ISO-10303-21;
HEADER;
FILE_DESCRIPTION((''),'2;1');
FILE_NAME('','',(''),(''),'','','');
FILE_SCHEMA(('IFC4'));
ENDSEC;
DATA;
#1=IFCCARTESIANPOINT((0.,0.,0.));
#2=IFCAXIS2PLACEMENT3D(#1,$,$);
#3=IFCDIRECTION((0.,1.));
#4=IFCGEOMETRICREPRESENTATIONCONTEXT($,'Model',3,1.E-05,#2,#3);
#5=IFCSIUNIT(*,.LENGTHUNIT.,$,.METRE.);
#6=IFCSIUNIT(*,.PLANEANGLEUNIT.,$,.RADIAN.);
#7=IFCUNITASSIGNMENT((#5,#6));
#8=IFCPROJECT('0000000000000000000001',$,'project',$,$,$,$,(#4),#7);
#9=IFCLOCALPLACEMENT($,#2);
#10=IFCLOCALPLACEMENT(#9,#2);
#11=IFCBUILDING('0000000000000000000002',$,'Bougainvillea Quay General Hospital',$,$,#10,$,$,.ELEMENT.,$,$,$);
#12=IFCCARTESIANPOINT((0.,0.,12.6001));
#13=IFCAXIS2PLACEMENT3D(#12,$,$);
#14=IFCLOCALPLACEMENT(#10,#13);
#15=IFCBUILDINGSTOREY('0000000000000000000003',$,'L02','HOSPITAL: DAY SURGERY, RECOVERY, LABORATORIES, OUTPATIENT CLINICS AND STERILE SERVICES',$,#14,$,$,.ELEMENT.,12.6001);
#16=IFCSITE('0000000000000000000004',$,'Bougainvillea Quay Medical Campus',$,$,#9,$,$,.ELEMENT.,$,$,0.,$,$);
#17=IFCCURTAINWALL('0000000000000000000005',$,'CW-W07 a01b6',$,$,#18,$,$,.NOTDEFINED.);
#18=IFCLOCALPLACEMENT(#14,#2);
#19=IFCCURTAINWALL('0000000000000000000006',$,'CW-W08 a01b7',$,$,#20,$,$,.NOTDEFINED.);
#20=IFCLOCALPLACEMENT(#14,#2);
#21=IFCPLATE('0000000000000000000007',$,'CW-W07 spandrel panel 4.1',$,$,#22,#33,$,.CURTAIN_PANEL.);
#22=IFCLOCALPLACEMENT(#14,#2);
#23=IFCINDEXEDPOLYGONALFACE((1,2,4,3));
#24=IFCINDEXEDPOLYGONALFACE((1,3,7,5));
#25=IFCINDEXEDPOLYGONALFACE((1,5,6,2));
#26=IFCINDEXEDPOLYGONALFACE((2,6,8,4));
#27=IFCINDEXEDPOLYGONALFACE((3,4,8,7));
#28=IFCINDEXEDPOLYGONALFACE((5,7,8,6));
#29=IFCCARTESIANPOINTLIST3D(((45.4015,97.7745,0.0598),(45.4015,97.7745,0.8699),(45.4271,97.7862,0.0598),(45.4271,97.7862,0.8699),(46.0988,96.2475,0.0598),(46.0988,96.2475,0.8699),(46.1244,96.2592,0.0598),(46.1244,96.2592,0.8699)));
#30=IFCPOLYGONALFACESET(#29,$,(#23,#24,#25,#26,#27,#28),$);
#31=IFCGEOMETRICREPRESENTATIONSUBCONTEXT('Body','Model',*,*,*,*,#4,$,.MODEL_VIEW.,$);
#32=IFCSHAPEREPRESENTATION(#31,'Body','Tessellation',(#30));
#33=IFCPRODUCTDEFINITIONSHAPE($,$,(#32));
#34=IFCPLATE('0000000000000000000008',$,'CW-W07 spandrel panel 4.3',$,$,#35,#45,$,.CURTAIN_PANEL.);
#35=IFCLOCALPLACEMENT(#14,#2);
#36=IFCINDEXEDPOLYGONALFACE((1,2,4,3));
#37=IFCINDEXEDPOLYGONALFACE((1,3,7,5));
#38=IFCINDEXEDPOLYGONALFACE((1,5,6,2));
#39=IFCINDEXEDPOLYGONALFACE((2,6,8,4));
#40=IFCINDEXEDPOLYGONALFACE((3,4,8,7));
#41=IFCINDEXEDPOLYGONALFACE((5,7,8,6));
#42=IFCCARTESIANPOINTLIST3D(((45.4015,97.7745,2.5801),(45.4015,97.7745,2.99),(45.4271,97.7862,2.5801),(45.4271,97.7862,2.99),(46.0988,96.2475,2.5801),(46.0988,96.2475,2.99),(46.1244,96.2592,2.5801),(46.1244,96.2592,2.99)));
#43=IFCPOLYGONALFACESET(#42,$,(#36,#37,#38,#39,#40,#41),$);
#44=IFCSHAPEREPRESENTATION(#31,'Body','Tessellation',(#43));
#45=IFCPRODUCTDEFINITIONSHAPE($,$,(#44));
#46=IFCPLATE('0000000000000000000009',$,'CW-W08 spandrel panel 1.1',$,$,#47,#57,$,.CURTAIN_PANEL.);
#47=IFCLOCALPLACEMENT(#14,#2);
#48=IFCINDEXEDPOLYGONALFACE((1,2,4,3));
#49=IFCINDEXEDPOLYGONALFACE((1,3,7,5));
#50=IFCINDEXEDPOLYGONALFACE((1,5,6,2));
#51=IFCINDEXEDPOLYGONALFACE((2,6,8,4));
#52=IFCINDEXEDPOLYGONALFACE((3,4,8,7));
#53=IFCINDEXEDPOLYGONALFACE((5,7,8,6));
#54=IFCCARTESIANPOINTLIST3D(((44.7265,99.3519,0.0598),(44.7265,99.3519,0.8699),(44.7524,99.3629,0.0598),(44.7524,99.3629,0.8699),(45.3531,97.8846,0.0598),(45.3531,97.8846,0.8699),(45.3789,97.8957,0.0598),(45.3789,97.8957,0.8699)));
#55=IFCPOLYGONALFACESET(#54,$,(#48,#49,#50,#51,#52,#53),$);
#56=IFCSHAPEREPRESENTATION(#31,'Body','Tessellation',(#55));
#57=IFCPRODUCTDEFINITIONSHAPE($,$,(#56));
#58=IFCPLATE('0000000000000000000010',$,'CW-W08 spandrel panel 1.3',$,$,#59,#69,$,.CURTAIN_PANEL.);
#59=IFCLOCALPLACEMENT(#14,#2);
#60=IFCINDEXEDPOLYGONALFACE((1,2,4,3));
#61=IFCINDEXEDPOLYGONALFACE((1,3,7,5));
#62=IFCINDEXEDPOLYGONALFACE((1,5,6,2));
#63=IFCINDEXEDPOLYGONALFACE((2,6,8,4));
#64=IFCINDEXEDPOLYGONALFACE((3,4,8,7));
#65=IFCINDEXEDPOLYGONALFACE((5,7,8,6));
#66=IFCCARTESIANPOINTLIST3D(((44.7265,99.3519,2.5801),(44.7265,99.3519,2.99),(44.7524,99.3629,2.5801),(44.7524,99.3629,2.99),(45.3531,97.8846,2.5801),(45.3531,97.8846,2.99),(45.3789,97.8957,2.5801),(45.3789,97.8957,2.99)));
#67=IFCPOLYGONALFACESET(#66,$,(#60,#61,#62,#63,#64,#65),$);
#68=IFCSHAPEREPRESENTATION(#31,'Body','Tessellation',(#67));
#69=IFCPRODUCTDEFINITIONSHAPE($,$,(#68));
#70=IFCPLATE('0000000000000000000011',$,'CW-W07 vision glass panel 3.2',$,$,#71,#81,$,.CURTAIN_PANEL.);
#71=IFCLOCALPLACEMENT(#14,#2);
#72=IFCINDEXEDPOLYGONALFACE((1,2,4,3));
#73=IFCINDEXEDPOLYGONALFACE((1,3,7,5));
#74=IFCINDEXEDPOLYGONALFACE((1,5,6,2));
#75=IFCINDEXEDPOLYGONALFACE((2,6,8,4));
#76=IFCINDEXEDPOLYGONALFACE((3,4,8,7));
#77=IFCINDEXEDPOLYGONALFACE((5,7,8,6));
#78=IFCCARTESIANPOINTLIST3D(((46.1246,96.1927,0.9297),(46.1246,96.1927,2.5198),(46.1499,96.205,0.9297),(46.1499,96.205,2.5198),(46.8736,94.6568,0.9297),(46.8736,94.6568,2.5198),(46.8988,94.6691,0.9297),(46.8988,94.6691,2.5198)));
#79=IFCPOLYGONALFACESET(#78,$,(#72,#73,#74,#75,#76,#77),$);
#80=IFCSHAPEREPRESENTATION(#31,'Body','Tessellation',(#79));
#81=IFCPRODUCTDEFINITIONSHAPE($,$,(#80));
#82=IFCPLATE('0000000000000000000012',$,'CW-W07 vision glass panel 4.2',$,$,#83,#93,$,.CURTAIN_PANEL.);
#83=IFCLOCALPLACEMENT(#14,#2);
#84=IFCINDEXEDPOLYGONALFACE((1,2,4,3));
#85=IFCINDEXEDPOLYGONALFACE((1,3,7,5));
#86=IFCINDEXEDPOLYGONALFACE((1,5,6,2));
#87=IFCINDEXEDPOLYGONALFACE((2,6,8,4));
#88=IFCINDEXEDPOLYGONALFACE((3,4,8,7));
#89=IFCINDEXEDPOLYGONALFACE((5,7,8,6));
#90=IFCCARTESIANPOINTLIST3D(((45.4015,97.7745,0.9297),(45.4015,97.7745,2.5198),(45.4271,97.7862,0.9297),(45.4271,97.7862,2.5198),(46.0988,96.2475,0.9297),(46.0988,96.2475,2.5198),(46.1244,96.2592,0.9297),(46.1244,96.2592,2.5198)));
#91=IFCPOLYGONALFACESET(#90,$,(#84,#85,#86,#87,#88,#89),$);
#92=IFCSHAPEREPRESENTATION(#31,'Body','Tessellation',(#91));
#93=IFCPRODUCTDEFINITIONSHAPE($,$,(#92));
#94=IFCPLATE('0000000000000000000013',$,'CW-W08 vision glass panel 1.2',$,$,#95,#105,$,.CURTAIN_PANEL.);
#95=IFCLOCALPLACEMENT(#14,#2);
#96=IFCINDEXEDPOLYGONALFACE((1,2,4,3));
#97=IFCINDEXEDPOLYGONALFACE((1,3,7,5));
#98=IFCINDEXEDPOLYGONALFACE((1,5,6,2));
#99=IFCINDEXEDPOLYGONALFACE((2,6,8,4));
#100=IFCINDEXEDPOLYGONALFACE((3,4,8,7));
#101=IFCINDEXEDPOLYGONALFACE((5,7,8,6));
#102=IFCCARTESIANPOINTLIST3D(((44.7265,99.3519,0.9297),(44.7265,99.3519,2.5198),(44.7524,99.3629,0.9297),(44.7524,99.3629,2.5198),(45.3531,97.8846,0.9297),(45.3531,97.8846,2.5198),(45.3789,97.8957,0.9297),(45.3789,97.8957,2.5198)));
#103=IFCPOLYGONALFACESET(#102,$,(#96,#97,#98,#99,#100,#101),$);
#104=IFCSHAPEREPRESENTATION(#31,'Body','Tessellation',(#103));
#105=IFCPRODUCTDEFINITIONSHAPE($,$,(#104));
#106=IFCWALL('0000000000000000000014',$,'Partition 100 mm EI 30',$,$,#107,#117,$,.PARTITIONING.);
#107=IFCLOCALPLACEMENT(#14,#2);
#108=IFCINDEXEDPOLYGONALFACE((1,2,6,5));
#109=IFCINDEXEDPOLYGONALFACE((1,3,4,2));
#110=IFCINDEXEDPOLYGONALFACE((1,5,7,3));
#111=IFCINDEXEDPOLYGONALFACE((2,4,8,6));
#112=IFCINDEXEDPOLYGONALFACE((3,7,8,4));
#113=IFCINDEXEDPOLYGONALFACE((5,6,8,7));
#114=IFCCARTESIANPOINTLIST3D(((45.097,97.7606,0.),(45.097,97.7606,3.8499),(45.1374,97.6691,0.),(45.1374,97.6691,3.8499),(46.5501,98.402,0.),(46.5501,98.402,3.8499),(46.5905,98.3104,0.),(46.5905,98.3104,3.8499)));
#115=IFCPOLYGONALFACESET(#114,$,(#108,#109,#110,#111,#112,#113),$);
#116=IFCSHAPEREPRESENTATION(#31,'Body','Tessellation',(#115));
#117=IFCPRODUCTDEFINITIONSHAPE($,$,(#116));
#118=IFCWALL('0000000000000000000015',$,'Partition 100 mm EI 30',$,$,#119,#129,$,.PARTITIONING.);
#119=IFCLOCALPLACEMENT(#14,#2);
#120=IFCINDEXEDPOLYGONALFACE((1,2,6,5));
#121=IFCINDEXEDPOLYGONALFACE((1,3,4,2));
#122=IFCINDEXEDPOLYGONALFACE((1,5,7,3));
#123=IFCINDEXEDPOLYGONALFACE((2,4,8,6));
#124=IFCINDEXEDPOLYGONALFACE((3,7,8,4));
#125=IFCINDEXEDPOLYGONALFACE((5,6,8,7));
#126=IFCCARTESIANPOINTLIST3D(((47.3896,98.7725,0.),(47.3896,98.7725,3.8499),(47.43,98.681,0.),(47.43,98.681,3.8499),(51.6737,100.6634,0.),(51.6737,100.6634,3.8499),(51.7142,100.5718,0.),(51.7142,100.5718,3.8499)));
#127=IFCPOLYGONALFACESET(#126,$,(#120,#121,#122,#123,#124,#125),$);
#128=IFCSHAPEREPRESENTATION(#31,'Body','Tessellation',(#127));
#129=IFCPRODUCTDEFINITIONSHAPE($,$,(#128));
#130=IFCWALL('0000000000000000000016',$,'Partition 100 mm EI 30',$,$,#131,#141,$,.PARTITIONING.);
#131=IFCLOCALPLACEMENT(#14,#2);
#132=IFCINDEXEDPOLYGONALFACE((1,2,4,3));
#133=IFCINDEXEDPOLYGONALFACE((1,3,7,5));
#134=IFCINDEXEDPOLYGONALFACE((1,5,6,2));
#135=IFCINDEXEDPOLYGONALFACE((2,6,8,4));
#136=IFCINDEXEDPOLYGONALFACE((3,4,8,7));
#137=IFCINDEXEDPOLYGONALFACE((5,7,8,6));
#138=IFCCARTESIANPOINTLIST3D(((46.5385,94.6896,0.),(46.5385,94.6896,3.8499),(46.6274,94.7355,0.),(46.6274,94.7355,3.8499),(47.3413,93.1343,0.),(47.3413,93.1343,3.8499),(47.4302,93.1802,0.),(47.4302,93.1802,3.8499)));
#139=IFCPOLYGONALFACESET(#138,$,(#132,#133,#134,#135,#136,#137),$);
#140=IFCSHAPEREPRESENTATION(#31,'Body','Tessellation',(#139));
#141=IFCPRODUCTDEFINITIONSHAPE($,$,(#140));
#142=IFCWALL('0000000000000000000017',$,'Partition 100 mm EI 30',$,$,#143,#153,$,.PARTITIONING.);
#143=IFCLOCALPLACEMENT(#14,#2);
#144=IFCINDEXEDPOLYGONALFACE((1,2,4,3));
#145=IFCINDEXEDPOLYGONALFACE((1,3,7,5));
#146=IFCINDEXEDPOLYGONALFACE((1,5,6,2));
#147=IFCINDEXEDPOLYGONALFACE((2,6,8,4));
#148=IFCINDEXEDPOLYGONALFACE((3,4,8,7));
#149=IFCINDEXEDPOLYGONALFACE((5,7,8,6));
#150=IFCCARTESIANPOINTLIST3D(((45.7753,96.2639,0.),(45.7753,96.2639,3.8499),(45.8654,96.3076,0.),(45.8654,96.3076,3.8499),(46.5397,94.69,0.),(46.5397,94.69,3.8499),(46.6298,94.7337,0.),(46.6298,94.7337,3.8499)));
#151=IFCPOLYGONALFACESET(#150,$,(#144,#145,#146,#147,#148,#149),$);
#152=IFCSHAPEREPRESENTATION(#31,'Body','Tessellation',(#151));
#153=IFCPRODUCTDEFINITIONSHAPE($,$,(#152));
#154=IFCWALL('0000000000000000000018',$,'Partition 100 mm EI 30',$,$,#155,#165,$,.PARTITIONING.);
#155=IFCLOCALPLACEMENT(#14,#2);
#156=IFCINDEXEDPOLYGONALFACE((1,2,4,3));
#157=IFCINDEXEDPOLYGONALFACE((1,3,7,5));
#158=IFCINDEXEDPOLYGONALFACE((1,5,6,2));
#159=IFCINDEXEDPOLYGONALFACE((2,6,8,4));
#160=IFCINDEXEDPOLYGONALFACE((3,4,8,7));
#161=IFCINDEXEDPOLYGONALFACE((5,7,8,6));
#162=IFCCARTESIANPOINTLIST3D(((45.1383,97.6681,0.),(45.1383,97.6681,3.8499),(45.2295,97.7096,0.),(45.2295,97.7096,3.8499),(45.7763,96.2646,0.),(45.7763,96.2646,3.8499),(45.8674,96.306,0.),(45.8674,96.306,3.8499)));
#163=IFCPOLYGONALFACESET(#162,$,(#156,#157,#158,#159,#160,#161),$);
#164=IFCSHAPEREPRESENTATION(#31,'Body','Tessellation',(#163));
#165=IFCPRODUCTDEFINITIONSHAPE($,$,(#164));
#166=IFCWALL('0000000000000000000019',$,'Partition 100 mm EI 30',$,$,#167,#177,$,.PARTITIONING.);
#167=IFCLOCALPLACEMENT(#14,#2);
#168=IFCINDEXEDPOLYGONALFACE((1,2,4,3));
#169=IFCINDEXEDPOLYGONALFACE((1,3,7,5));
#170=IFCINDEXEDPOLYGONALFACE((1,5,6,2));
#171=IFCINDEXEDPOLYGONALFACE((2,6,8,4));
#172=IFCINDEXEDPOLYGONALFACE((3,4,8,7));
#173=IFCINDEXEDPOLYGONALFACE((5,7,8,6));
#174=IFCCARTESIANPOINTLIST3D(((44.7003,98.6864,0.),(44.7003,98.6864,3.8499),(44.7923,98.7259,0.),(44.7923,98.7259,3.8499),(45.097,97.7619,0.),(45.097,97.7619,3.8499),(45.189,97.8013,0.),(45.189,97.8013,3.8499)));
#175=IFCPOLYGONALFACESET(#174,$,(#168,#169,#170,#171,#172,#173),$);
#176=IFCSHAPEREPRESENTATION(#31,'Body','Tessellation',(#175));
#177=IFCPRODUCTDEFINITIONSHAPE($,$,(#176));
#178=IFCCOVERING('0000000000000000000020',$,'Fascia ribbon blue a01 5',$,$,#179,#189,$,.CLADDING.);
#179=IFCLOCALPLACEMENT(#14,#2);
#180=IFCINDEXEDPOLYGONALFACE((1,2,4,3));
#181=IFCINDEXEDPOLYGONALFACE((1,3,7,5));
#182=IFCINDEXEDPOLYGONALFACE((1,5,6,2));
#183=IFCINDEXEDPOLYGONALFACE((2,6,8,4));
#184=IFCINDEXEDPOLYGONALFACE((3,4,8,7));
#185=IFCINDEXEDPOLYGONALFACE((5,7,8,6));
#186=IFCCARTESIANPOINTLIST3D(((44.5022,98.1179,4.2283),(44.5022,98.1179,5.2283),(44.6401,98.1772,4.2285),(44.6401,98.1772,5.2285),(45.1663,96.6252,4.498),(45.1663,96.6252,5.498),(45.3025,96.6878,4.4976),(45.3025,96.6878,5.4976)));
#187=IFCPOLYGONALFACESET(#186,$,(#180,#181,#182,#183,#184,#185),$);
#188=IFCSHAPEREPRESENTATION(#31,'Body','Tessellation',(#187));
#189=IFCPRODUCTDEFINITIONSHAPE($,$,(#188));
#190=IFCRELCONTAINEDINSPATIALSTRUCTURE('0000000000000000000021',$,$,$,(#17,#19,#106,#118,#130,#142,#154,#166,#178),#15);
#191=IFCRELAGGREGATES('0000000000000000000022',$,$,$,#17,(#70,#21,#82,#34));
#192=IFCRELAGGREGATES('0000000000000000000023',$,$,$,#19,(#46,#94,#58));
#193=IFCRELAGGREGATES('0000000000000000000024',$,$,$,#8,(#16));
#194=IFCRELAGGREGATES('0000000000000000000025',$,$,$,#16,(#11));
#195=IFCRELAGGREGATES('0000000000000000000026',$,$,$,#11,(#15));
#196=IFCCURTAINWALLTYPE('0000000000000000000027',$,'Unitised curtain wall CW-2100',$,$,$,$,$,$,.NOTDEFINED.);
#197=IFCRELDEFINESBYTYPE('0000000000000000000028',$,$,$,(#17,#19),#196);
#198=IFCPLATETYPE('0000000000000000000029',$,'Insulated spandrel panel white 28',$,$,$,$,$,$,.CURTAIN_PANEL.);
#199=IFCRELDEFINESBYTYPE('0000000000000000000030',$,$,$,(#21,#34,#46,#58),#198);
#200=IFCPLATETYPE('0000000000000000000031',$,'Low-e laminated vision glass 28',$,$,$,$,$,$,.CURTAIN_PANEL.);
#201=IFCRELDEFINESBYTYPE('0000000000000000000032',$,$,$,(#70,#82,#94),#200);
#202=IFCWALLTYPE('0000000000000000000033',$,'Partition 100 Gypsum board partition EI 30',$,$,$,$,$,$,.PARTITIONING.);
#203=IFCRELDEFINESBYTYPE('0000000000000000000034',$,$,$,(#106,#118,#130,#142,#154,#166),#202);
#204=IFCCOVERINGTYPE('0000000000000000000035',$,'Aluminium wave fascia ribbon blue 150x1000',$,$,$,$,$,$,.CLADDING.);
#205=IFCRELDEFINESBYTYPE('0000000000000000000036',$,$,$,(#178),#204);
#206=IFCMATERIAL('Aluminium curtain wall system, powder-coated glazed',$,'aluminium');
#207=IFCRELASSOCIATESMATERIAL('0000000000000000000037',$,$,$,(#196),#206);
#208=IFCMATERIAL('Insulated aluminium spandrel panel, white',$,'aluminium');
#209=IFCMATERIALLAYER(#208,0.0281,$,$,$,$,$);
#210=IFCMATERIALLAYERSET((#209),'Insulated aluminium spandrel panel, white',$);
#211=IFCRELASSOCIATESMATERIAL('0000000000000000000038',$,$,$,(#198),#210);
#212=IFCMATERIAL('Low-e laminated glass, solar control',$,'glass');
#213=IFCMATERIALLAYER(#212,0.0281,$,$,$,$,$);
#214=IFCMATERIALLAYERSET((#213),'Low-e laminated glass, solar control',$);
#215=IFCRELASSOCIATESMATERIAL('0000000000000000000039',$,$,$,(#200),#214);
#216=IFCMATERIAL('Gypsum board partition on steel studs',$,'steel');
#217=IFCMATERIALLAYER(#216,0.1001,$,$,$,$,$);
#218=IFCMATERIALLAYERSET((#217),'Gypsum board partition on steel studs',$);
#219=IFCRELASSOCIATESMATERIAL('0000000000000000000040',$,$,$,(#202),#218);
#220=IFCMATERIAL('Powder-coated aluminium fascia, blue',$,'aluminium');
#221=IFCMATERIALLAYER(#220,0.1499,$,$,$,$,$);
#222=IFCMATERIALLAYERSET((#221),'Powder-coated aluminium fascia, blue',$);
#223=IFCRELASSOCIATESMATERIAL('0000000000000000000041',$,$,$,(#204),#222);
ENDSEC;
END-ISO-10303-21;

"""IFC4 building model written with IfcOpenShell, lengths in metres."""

from ifc_helpers import new_model, si_unit, direction, frame, frame_2d, origin, origin_2d, place, context, subcontext, project, spatial, polyline, rectangle, outline, extrude, material, layer, layer_set, type_object, element, aggregate, save


model = new_model("IFC4")

# Units and contexts
model_context = context("Model", 3, precision=1e-05, world=origin(), true_north=direction((0.0, 1.0)))
body_context = subcontext(model_context, "Body", "Model", "MODEL_VIEW")
ifc_project = project(units=[si_unit("LENGTHUNIT", "METRE"), si_unit("PLANEANGLEUNIT", "RADIAN")], contexts=[model_context])

# Site, building, storey
site_placement = place(None, origin())
site = spatial("IfcSite", under=ifc_project, at=site_placement, Name="Bougainvillea Quay Medical Campus", CompositionType="ELEMENT", RefElevation=0.0)
building_placement = place(site_placement, origin())
building = spatial("IfcBuilding", under=site, at=building_placement, Name="Bougainvillea Quay General Hospital", CompositionType="ELEMENT")
storey_placement = place(building_placement, frame((0.0, 0.0, 12.6001)))
storey = spatial("IfcBuildingStorey", under=building, at=storey_placement, Name="L02", Description="HOSPITAL: DAY SURGERY, RECOVERY, LABORATORIES, OUTPATIENT CLINICS AND STERILE SERVICES", CompositionType="ELEMENT", Elevation=12.6001)

# Curtain wall
ifc_material_1 = material(Name="Aluminium curtain wall system, powder-coated glazed", Category="aluminium")
curtain_wall_type = type_object("IfcCurtainWallType", Name="Unitised curtain wall CW-2100", PredefinedType="NOTDEFINED", material=ifc_material_1)
curtain_wall_1_placement = place(storey_placement, origin())
curtain_wall_1 = element("IfcCurtainWall", 1, at=curtain_wall_1_placement, inside=storey, type_object=curtain_wall_type, Name="CW-W07 a01b6", PredefinedType="NOTDEFINED")

# Curtain wall
curtain_wall_2_placement = place(storey_placement, origin())
curtain_wall_2 = element("IfcCurtainWall", 2, at=curtain_wall_2_placement, inside=storey, type_object=curtain_wall_type, Name="CW-W08 a01b7", PredefinedType="NOTDEFINED")

# Plates
ifc_material_2 = material(Name="Insulated aluminium spandrel panel, white", Category="aluminium")
ifc_layer_1 = layer(ifc_material_2, 0.0281)
ifc_layer_set_1 = layer_set([ifc_layer_1], Name="Insulated aluminium spandrel panel, white")
plate_type_1 = type_object("IfcPlateType", Name="Insulated spandrel panel white 28", PredefinedType="CURTAIN_PANEL", material=ifc_layer_set_1)
plate_1_placement = place(storey_placement, frame((45.7629, 97.0168, 0.0598), z_axis=(0.0, 0.0, 1.0), x_axis=(-0.415368, 0.909653, 0.0)))
plate_1 = element("IfcPlate", 3, at=plate_1_placement, type_object=plate_type_1, Name="CW-W07 spandrel panel 4.1", PredefinedType="CURTAIN_PANEL", context=body_context, shape_type="SweptSolid", body=[
    extrude(rectangle(XDim=1.6787, YDim=0.0281, at=origin_2d()), origin(), (0.0, 0.0, 1.0), 0.8101),
])
plate_2_placement = place(storey_placement, frame((45.7629, 97.0168, 2.5801), z_axis=(0.0, 0.0, 1.0), x_axis=(-0.415368, 0.909653, 0.0)))
plate_2 = element("IfcPlate", 4, at=plate_2_placement, type_object=plate_type_1, Name="CW-W07 spandrel panel 4.3", PredefinedType="CURTAIN_PANEL", context=body_context, shape_type="SweptSolid", body=[
    extrude(rectangle(XDim=1.6787, YDim=0.0281, at=origin_2d()), origin(), (0.0, 0.0, 1.0), 0.4099),
])
plate_3_placement = place(storey_placement, frame((45.0527, 98.6238, 0.0598), z_axis=(0.0, 0.0, 1.0), x_axis=(-0.392719, 0.919659, 0.0)))
plate_3 = element("IfcPlate", 5, at=plate_3_placement, type_object=plate_type_1, Name="CW-W08 spandrel panel 1.1", PredefinedType="CURTAIN_PANEL", context=body_context, shape_type="SweptSolid", body=[
    extrude(rectangle(XDim=1.5955, YDim=0.0281, at=origin_2d()), origin(), (0.0, 0.0, 1.0), 0.8101),
])
plate_4_placement = place(storey_placement, frame((45.0527, 98.6238, 2.5801), z_axis=(0.0, 0.0, 1.0), x_axis=(-0.392719, 0.919659, 0.0)))
plate_4 = element("IfcPlate", 6, at=plate_4_placement, type_object=plate_type_1, Name="CW-W08 spandrel panel 1.3", PredefinedType="CURTAIN_PANEL", context=body_context, shape_type="SweptSolid", body=[
    extrude(rectangle(XDim=1.5955, YDim=0.0281, at=origin_2d()), origin(), (0.0, 0.0, 1.0), 0.4099),
])
ifc_material_3 = material(Name="Low-e laminated glass, solar control", Category="glass")
ifc_layer_2 = layer(ifc_material_3, 0.0281)
ifc_layer_set_2 = layer_set([ifc_layer_2], Name="Low-e laminated glass, solar control")
plate_type_2 = type_object("IfcPlateType", Name="Low-e laminated vision glass 28", PredefinedType="CURTAIN_PANEL", material=ifc_layer_set_2)
plate_5_placement = place(storey_placement, frame((46.5117, 95.4309, 0.9297), z_axis=(0.0, 0.0, 1.0), x_axis=(-0.438301, 0.898828, 0.0)))
plate_5 = element("IfcPlate", 7, at=plate_5_placement, type_object=plate_type_2, Name="CW-W07 vision glass panel 3.2", PredefinedType="CURTAIN_PANEL", context=body_context, shape_type="SweptSolid", body=[
    extrude(rectangle(XDim=1.7087, YDim=0.0281, at=origin_2d()), origin(), (0.0, 0.0, 1.0), 1.5901),
])
plate_6_placement = place(storey_placement, frame((45.7629, 97.0168, 0.9297), z_axis=(0.0, 0.0, 1.0), x_axis=(-0.415368, 0.909653, 0.0)))
plate_6 = element("IfcPlate", 8, at=plate_6_placement, type_object=plate_type_2, Name="CW-W07 vision glass panel 4.2", PredefinedType="CURTAIN_PANEL", context=body_context, shape_type="SweptSolid", body=[
    extrude(rectangle(XDim=1.6787, YDim=0.0281, at=origin_2d()), origin(), (0.0, 0.0, 1.0), 1.5901),
])
aggregate(curtain_wall_1, [plate_5, plate_1, plate_6, plate_2])
plate_7_placement = place(storey_placement, frame((45.0527, 98.6238, 0.9297), z_axis=(0.0, 0.0, 1.0), x_axis=(-0.392719, 0.919659, 0.0)))
plate_7 = element("IfcPlate", 9, at=plate_7_placement, type_object=plate_type_2, Name="CW-W08 vision glass panel 1.2", PredefinedType="CURTAIN_PANEL", context=body_context, shape_type="SweptSolid", body=[
    extrude(rectangle(XDim=1.5955, YDim=0.0281, at=origin_2d()), origin(), (0.0, 0.0, 1.0), 1.5901),
])
aggregate(curtain_wall_2, [plate_3, plate_7, plate_4])

# Walls
ifc_material_4 = material(Name="Gypsum board partition on steel studs", Category="steel")
ifc_layer_3 = layer(ifc_material_4, 0.1001)
ifc_layer_set_3 = layer_set([ifc_layer_3], Name="Gypsum board partition on steel studs")
wall_type = type_object("IfcWallType", Name="Partition 100 Gypsum board partition EI 30", PredefinedType="PARTITIONING", material=ifc_layer_set_3)
wall_1_placement = place(storey_placement, frame((45.1172, 97.7148, 0.0), z_axis=(0.0, 0.0, 1.0), x_axis=(0.914854, 0.403784, 0.0)))
element("IfcWall", 10, at=wall_1_placement, inside=storey, type_object=wall_type, Name="Partition 100 mm EI 30", PredefinedType="PARTITIONING", context=body_context, shape_type="SweptSolid", body=[
    extrude(rectangle(XDim=1.5884, YDim=0.1001, at=frame_2d((0.7942, 0.0))), origin(), (0.0, 0.0, 1.0), 3.8499),
])
wall_2_placement = place(storey_placement, frame((47.4099, 98.7268, 0.0), z_axis=(0.0, 0.0, 1.0), x_axis=(0.914856, 0.403781, 0.0)))
element("IfcWall", 11, at=wall_2_placement, inside=storey, type_object=wall_type, Name="Partition 100 mm EI 30", PredefinedType="PARTITIONING", context=body_context, shape_type="SweptSolid", body=[
    extrude(rectangle(XDim=4.6829, YDim=0.1001, at=frame_2d((2.3413, 0.0))), origin(), (0.0, 0.0, 1.0), 3.8499),
])
wall_3_placement = place(storey_placement, frame((46.583, 94.7124, 0.0), z_axis=(0.0, 0.0, 1.0), x_axis=(0.458671, -0.888606, 0.0)))
element("IfcWall", 12, at=wall_3_placement, inside=storey, type_object=wall_type, Name="Partition 100 mm EI 30", PredefinedType="PARTITIONING", context=body_context, shape_type="SweptSolid", body=[
    extrude(rectangle(XDim=1.7502, YDim=0.1001, at=frame_2d((0.875, 0.0))), origin(), (0.0, 0.0, 1.0), 3.8499),
])
wall_4_placement = place(storey_placement, frame((45.8203, 96.2859, 0.0), z_axis=(0.0, 0.0, 1.0), x_axis=(0.436859, -0.89953, 0.0)))
element("IfcWall", 13, at=wall_4_placement, inside=storey, type_object=wall_type, Name="Partition 100 mm EI 30", PredefinedType="PARTITIONING", context=body_context, shape_type="SweptSolid", body=[
    extrude(rectangle(XDim=1.7498, YDim=0.1001, at=frame_2d((0.875, 0.0))), origin(), (0.0, 0.0, 1.0), 3.8499),
])
wall_5_placement = place(storey_placement, frame((45.1838, 97.689, 0.0), z_axis=(0.0, 0.0, 1.0), x_axis=(0.413779, -0.910377, 0.0)))
element("IfcWall", 14, at=wall_5_placement, inside=storey, type_object=wall_type, Name="Partition 100 mm EI 30", PredefinedType="PARTITIONING", context=body_context, shape_type="SweptSolid", body=[
    extrude(rectangle(XDim=1.5417, YDim=0.1001, at=frame_2d((0.771, 0.0))), origin(), (0.0, 0.0, 1.0), 3.8499),
])
wall_6_placement = place(storey_placement, frame((44.7463, 98.7061, 0.0), z_axis=(0.0, 0.0, 1.0), x_axis=(0.394329, -0.918969, 0.0)))
element("IfcWall", 15, at=wall_6_placement, inside=storey, type_object=wall_type, Name="Partition 100 mm EI 30", PredefinedType="PARTITIONING", context=body_context, shape_type="SweptSolid", body=[
    extrude(rectangle(XDim=1.0061, YDim=0.1001, at=frame_2d((0.5029, 0.0))), origin(), (0.0, 0.0, 1.0), 3.8499),
])

# Covering
ifc_material_5 = material(Name="Powder-coated aluminium fascia, blue", Category="aluminium")
ifc_layer_4 = layer(ifc_material_5, 0.1499)
ifc_layer_set_4 = layer_set([ifc_layer_4], Name="Powder-coated aluminium fascia, blue")
covering_type = type_object("IfcCoveringType", Name="Aluminium wave fascia ribbon blue 150x1000", PredefinedType="CLADDING", material=ifc_layer_set_4)
covering_1_placement = place(storey_placement, frame((44.6401, 98.1772, 4.2285), z_axis=(-0.065407, 0.149175, 0.986645), x_axis=(0.400893, -0.901529, 0.162882)))
element("IfcCovering", 16, at=covering_1_placement, inside=storey, type_object=covering_type, Name="Fascia ribbon blue a01 5", PredefinedType="CLADDING", context=body_context, shape_type="SweptSolid", body=[
    extrude(outline(polyline([(0.0, 0.0), (1.6522, 0.0), (1.654, -0.1499), (-0.0019, -0.1501), (0.0, 0.0)])), origin(), (0.162882, -0.000837, 0.986645), 1.0),
])

save(model, "model.ifc")
